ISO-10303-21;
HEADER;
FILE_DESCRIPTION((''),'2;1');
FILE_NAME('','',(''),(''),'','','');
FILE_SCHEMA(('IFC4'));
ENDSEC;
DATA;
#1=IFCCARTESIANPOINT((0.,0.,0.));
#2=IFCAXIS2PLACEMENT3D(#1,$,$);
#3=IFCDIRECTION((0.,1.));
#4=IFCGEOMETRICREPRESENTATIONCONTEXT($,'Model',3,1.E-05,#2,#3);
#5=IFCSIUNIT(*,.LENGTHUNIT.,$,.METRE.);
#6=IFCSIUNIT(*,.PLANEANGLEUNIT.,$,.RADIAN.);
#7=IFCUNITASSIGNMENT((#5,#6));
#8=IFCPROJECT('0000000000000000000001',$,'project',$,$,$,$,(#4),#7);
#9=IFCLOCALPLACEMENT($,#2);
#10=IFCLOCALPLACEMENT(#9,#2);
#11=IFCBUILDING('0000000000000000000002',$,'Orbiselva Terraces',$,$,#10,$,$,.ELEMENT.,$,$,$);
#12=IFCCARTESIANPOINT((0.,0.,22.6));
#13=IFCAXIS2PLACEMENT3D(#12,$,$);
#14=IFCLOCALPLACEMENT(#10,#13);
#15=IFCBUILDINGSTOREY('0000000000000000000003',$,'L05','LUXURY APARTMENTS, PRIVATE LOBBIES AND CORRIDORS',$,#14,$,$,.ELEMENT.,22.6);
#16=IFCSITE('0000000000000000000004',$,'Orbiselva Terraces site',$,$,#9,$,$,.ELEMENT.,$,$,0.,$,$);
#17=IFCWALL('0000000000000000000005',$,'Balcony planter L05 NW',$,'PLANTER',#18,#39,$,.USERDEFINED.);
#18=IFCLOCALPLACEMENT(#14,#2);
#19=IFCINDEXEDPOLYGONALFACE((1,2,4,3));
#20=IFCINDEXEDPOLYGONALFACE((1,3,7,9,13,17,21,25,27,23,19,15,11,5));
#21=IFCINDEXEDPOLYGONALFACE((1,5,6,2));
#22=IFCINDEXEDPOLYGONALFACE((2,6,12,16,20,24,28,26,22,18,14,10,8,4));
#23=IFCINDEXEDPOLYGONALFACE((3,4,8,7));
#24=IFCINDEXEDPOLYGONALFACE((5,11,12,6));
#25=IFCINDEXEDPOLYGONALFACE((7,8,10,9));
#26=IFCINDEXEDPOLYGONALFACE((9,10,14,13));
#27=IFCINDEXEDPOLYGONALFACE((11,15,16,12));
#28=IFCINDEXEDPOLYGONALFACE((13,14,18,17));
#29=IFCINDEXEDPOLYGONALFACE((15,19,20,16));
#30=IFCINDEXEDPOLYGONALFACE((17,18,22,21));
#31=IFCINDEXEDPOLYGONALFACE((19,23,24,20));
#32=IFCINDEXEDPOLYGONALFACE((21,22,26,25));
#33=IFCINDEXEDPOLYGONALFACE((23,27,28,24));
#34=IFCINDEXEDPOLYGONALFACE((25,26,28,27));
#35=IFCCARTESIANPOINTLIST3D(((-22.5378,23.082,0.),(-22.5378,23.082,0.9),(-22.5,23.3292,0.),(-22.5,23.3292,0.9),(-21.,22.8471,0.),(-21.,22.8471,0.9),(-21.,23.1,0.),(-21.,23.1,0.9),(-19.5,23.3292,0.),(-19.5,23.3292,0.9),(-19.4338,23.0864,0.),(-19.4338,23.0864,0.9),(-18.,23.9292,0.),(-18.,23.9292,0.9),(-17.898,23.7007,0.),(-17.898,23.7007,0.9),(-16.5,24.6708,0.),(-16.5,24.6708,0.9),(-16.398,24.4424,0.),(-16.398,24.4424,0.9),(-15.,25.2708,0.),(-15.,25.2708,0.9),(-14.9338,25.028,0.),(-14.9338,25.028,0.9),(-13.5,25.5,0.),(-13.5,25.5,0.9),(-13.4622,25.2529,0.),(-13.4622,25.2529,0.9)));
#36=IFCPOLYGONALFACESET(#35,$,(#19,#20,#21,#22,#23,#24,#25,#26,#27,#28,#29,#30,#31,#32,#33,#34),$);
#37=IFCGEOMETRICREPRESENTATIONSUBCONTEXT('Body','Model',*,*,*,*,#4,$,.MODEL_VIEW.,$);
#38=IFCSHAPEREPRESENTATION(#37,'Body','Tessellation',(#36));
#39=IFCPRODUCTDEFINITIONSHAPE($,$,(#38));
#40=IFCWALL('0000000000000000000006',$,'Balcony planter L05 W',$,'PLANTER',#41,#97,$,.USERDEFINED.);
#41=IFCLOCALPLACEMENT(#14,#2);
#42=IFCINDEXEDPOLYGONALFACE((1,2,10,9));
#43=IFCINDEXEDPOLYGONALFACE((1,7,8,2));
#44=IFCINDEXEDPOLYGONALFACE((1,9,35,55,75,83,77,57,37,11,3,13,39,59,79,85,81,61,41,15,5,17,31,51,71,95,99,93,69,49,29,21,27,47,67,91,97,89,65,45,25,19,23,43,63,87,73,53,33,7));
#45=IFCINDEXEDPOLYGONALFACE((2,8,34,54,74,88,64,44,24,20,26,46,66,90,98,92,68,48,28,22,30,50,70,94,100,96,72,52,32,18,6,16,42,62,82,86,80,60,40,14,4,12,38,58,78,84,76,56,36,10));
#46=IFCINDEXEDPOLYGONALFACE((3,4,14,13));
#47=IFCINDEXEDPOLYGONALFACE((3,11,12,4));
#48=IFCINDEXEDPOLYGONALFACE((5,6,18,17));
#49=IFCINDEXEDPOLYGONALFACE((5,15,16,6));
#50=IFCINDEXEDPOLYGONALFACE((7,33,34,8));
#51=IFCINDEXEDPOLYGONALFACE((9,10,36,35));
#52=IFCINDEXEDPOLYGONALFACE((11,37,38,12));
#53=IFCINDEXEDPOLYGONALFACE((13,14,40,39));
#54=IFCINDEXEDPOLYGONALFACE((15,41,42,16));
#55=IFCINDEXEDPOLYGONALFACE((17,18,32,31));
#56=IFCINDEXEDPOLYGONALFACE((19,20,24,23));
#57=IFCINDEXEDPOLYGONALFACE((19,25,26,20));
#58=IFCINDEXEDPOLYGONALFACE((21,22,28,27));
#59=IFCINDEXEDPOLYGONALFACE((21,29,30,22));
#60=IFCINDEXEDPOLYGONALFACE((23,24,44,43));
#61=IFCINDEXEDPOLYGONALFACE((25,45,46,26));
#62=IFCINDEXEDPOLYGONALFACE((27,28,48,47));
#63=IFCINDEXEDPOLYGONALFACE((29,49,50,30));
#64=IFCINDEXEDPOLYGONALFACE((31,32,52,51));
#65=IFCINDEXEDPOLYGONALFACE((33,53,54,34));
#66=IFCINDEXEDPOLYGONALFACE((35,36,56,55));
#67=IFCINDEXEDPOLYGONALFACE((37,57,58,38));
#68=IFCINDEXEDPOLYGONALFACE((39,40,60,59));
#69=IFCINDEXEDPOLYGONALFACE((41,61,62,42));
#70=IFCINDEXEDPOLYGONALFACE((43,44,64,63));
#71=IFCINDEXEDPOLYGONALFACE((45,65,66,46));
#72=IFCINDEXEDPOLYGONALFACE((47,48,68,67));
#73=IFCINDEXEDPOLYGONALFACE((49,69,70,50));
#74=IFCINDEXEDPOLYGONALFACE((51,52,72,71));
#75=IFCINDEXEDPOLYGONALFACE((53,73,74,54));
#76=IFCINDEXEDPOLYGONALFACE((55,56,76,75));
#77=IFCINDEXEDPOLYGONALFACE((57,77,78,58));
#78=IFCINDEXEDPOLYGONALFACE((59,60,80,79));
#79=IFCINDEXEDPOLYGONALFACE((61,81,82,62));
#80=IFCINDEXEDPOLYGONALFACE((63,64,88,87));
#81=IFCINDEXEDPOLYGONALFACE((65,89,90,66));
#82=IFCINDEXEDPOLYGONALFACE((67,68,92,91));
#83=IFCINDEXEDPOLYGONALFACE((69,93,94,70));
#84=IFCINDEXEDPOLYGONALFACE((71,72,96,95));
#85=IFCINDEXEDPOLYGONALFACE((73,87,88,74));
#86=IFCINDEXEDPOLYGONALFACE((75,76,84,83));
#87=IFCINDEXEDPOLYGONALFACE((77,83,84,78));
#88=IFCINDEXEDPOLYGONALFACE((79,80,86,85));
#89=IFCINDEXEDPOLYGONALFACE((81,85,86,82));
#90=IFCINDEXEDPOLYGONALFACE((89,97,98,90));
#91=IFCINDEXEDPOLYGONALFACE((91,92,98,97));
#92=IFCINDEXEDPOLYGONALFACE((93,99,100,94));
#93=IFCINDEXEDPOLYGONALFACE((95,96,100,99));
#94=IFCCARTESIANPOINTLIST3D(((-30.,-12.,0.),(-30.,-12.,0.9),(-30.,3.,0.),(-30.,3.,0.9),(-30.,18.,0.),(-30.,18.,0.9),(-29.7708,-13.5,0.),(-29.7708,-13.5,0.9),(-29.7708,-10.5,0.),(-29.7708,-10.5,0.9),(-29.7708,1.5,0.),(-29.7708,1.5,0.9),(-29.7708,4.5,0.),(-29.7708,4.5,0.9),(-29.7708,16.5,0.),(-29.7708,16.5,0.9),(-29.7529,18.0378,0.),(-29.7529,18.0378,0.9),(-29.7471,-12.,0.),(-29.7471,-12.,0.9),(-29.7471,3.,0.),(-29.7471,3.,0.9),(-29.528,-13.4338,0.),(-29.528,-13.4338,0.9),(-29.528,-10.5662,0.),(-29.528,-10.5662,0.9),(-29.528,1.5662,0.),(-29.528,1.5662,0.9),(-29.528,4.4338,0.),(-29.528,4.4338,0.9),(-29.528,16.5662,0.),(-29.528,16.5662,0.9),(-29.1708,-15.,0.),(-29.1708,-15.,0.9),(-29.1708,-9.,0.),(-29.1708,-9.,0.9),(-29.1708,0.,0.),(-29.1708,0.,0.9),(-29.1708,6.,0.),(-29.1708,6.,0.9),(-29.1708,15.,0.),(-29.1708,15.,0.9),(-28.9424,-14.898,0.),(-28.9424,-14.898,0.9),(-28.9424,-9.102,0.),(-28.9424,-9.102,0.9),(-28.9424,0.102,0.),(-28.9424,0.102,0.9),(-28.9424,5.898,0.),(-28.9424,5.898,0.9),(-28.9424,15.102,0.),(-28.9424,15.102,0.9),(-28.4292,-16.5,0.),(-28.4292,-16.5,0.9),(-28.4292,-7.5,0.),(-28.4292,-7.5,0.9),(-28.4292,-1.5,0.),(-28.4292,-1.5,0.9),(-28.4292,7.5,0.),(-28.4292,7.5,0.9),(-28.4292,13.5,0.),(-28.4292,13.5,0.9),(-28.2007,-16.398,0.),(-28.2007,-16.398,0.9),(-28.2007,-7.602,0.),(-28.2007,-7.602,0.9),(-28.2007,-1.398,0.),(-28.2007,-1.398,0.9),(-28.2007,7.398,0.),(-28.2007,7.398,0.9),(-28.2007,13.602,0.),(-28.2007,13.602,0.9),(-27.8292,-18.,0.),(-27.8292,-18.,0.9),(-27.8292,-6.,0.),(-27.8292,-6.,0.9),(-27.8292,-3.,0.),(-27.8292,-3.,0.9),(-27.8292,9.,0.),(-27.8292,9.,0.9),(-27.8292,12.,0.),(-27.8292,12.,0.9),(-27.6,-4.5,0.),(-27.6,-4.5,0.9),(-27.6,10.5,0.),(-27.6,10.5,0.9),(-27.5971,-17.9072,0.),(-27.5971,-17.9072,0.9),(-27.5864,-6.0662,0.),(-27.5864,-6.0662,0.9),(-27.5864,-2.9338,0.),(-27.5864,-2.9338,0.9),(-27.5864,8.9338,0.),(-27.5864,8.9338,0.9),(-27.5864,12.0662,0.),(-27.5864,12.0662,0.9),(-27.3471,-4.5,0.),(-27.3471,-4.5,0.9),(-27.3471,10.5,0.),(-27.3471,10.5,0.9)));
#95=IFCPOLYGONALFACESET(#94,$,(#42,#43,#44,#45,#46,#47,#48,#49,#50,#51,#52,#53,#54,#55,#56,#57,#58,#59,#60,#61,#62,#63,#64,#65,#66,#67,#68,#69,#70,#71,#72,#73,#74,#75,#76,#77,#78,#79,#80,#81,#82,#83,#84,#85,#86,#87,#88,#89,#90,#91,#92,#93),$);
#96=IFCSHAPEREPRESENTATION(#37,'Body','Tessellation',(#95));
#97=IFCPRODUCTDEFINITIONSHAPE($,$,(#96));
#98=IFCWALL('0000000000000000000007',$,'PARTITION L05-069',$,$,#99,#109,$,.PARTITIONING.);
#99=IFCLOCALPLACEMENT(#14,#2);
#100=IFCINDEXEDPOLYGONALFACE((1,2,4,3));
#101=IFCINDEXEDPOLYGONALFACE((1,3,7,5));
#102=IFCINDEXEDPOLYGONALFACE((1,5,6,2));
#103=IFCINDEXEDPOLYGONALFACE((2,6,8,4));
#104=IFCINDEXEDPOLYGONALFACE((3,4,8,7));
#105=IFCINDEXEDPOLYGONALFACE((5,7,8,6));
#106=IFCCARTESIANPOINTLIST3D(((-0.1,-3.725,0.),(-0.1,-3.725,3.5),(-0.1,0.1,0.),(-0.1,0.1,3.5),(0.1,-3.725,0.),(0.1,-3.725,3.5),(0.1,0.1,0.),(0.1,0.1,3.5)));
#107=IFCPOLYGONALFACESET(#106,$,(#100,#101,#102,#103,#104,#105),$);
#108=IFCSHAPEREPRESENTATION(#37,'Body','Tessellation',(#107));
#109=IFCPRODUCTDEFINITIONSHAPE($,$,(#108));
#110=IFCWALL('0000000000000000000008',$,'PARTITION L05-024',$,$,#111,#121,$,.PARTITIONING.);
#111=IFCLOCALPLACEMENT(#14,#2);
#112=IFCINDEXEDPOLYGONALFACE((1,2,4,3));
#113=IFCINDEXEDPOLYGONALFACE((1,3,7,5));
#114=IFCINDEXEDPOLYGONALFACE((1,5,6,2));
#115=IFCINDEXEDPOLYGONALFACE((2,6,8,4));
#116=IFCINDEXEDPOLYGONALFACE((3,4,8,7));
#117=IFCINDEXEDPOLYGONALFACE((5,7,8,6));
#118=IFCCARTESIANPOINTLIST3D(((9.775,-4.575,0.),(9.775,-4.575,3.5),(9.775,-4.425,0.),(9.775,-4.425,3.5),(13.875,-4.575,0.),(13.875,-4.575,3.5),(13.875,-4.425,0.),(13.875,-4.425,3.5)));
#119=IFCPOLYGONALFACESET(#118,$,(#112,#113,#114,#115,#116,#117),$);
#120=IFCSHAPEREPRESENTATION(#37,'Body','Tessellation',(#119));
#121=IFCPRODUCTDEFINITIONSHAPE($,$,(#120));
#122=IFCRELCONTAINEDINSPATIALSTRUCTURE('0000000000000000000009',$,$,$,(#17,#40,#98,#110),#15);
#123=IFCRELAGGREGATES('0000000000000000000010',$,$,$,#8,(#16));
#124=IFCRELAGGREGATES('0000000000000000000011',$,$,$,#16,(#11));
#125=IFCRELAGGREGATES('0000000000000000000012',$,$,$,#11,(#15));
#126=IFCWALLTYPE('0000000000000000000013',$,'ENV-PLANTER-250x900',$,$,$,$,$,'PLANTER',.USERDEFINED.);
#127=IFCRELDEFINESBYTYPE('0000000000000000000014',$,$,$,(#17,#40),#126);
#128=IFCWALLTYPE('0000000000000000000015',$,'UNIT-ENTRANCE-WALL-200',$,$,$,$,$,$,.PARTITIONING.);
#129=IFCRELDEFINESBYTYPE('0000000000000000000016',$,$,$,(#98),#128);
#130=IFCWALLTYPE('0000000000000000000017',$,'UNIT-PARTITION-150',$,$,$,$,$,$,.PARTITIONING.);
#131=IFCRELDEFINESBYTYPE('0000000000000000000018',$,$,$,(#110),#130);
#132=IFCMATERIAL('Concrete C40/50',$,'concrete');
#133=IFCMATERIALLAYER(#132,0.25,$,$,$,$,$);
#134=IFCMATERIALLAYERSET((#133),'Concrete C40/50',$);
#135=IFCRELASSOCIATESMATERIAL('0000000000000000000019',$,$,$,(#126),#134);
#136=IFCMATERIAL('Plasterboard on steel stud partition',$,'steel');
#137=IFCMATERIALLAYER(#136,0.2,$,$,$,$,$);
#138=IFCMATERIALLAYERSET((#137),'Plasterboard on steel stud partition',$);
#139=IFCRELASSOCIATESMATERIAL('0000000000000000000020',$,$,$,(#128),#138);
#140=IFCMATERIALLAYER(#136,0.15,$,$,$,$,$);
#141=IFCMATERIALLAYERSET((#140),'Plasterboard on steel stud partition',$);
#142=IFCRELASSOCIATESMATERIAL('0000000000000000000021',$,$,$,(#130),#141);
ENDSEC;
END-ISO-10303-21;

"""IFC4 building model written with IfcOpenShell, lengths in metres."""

from ifc_helpers import new_model, si_unit, direction, frame, frame_2d, origin, place, context, subcontext, project, spatial, polyline, rectangle, outline, extrude, material, layer, layer_set, type_object, element, save


model = new_model("IFC4")

# Units and contexts
model_context = context("Model", 3, precision=1e-05, world=origin(), true_north=direction((0.0, 1.0)))
body_context = subcontext(model_context, "Body", "Model", "MODEL_VIEW")
ifc_project = project(units=[si_unit("LENGTHUNIT", "METRE"), si_unit("PLANEANGLEUNIT", "RADIAN")], contexts=[model_context])

# Site, building, storey
site_placement = place(None, origin())
site = spatial("IfcSite", under=ifc_project, at=site_placement, Name="Orbiselva Terraces site", CompositionType="ELEMENT", RefElevation=0.0)
building_placement = place(site_placement, origin())
building = spatial("IfcBuilding", under=site, at=building_placement, Name="Orbiselva Terraces", CompositionType="ELEMENT")
storey_placement = place(building_placement, frame((0.0, 0.0, 22.6)))
storey = spatial("IfcBuildingStorey", under=building, at=storey_placement, Name="L05", Description="LUXURY APARTMENTS, PRIVATE LOBBIES AND CORRIDORS", CompositionType="ELEMENT", Elevation=22.6)

# Shared definitions
ifc_material_1 = material(Name="Concrete C40/50", Category="concrete")

# Walls
ifc_layer_1 = layer(ifc_material_1, 0.25)
ifc_layer_set_1 = layer_set([ifc_layer_1], Name="Concrete C40/50")
wall_type_1 = type_object("IfcWallType", Name="ENV-PLANTER-250x900", ElementType="PLANTER", PredefinedType="USERDEFINED", material=ifc_layer_set_1)
wall_1_placement = place(storey_placement, origin())
element("IfcWall", 1, at=wall_1_placement, inside=storey, type_object=wall_type_1, Name="Balcony planter L05 NW", ObjectType="PLANTER", PredefinedType="USERDEFINED", context=body_context, shape_type="SweptSolid", body=[
    extrude(outline(polyline([(-13.5, 25.5), (-15.0, 25.2708), (-16.5, 24.6708), (-18.0, 23.9292), (-19.5, 23.3292), (-21.0, 23.1), (-22.5, 23.3292), (-22.5378, 23.082), (-21.0, 22.8471), (-19.4338, 23.0864), (-17.898, 23.7007), (-16.398, 24.4424), (-14.9338, 25.028), (-13.4622, 25.2529), (-13.5, 25.5)])), origin(), (0.0, 0.0, 1.0), 0.9),
])
wall_2_placement = place(storey_placement, origin())
element("IfcWall", 2, at=wall_2_placement, inside=storey, type_object=wall_type_1, Name="Balcony planter L05 W", ObjectType="PLANTER", PredefinedType="USERDEFINED", context=body_context, shape_type="SweptSolid", body=[
    extrude(outline(polyline([(-30.0, 18.0), (-29.7708, 16.5), (-29.1708, 15.0), (-28.4292, 13.5), (-27.8292, 12.0), (-27.6, 10.5), (-27.8292, 9.0), (-28.4292, 7.5), (-29.1708, 6.0), (-29.7708, 4.5), (-30.0, 3.0), (-29.7708, 1.5), (-29.1708, 0.0), (-28.4292, -1.5), (-27.8292, -3.0), (-27.6, -4.5), (-27.8292, -6.0), (-28.4292, -7.5), (-29.1708, -9.0), (-29.7708, -10.5), (-30.0, -12.0), (-29.7708, -13.5), (-29.1708, -15.0), (-28.4292, -16.5), (-27.8292, -18.0), (-27.5971, -17.9072), (-28.2007, -16.398), (-28.9424, -14.898), (-29.528, -13.4338), (-29.7471, -12.0), (-29.528, -10.5662), (-28.9424, -9.102), (-28.2007, -7.602), (-27.5864, -6.0662), (-27.3471, -4.5), (-27.5864, -2.9338), (-28.2007, -1.398), (-28.9424, 0.102), (-29.528, 1.5662), (-29.7471, 3.0), (-29.528, 4.4338), (-28.9424, 5.898), (-28.2007, 7.398), (-27.5864, 8.9338), (-27.3471, 10.5), (-27.5864, 12.0662), (-28.2007, 13.602), (-28.9424, 15.102), (-29.528, 16.5662), (-29.7529, 18.0378), (-30.0, 18.0)])), origin(), (0.0, 0.0, 1.0), 0.9),
])
ifc_material_2 = material(Name="Plasterboard on steel stud partition", Category="steel")
ifc_layer_2 = layer(ifc_material_2, 0.2)
ifc_layer_set_2 = layer_set([ifc_layer_2], Name="Plasterboard on steel stud partition")
wall_type_2 = type_object("IfcWallType", Name="UNIT-ENTRANCE-WALL-200", PredefinedType="PARTITIONING", material=ifc_layer_set_2)
wall_3_placement = place(storey_placement, frame((0.0, -3.725, 0.0), z_axis=(0.0, 0.0, 1.0), x_axis=(0.0, 1.0, 0.0)))
element("IfcWall", 3, at=wall_3_placement, inside=storey, type_object=wall_type_2, Name="PARTITION L05-069", PredefinedType="PARTITIONING", context=body_context, shape_type="SweptSolid", body=[
    extrude(rectangle(XDim=3.825, YDim=0.2, at=frame_2d((1.9125, 0.0))), origin(), (0.0, 0.0, 1.0), 3.5),
])
ifc_layer_3 = layer(ifc_material_2, 0.15)
ifc_layer_set_3 = layer_set([ifc_layer_3], Name="Plasterboard on steel stud partition")
wall_type_3 = type_object("IfcWallType", Name="UNIT-PARTITION-150", PredefinedType="PARTITIONING", material=ifc_layer_set_3)
wall_4_placement = place(storey_placement, frame((9.775, -4.5, 0.0), z_axis=(0.0, 0.0, 1.0), x_axis=(1.0, 0.0, 0.0)))
element("IfcWall", 4, at=wall_4_placement, inside=storey, type_object=wall_type_3, Name="PARTITION L05-024", PredefinedType="PARTITIONING", context=body_context, shape_type="SweptSolid", body=[
    extrude(rectangle(XDim=4.1, YDim=0.15, at=frame_2d((2.05, 0.0))), origin(), (0.0, 0.0, 1.0), 3.5),
])

save(model, "model.ifc")
